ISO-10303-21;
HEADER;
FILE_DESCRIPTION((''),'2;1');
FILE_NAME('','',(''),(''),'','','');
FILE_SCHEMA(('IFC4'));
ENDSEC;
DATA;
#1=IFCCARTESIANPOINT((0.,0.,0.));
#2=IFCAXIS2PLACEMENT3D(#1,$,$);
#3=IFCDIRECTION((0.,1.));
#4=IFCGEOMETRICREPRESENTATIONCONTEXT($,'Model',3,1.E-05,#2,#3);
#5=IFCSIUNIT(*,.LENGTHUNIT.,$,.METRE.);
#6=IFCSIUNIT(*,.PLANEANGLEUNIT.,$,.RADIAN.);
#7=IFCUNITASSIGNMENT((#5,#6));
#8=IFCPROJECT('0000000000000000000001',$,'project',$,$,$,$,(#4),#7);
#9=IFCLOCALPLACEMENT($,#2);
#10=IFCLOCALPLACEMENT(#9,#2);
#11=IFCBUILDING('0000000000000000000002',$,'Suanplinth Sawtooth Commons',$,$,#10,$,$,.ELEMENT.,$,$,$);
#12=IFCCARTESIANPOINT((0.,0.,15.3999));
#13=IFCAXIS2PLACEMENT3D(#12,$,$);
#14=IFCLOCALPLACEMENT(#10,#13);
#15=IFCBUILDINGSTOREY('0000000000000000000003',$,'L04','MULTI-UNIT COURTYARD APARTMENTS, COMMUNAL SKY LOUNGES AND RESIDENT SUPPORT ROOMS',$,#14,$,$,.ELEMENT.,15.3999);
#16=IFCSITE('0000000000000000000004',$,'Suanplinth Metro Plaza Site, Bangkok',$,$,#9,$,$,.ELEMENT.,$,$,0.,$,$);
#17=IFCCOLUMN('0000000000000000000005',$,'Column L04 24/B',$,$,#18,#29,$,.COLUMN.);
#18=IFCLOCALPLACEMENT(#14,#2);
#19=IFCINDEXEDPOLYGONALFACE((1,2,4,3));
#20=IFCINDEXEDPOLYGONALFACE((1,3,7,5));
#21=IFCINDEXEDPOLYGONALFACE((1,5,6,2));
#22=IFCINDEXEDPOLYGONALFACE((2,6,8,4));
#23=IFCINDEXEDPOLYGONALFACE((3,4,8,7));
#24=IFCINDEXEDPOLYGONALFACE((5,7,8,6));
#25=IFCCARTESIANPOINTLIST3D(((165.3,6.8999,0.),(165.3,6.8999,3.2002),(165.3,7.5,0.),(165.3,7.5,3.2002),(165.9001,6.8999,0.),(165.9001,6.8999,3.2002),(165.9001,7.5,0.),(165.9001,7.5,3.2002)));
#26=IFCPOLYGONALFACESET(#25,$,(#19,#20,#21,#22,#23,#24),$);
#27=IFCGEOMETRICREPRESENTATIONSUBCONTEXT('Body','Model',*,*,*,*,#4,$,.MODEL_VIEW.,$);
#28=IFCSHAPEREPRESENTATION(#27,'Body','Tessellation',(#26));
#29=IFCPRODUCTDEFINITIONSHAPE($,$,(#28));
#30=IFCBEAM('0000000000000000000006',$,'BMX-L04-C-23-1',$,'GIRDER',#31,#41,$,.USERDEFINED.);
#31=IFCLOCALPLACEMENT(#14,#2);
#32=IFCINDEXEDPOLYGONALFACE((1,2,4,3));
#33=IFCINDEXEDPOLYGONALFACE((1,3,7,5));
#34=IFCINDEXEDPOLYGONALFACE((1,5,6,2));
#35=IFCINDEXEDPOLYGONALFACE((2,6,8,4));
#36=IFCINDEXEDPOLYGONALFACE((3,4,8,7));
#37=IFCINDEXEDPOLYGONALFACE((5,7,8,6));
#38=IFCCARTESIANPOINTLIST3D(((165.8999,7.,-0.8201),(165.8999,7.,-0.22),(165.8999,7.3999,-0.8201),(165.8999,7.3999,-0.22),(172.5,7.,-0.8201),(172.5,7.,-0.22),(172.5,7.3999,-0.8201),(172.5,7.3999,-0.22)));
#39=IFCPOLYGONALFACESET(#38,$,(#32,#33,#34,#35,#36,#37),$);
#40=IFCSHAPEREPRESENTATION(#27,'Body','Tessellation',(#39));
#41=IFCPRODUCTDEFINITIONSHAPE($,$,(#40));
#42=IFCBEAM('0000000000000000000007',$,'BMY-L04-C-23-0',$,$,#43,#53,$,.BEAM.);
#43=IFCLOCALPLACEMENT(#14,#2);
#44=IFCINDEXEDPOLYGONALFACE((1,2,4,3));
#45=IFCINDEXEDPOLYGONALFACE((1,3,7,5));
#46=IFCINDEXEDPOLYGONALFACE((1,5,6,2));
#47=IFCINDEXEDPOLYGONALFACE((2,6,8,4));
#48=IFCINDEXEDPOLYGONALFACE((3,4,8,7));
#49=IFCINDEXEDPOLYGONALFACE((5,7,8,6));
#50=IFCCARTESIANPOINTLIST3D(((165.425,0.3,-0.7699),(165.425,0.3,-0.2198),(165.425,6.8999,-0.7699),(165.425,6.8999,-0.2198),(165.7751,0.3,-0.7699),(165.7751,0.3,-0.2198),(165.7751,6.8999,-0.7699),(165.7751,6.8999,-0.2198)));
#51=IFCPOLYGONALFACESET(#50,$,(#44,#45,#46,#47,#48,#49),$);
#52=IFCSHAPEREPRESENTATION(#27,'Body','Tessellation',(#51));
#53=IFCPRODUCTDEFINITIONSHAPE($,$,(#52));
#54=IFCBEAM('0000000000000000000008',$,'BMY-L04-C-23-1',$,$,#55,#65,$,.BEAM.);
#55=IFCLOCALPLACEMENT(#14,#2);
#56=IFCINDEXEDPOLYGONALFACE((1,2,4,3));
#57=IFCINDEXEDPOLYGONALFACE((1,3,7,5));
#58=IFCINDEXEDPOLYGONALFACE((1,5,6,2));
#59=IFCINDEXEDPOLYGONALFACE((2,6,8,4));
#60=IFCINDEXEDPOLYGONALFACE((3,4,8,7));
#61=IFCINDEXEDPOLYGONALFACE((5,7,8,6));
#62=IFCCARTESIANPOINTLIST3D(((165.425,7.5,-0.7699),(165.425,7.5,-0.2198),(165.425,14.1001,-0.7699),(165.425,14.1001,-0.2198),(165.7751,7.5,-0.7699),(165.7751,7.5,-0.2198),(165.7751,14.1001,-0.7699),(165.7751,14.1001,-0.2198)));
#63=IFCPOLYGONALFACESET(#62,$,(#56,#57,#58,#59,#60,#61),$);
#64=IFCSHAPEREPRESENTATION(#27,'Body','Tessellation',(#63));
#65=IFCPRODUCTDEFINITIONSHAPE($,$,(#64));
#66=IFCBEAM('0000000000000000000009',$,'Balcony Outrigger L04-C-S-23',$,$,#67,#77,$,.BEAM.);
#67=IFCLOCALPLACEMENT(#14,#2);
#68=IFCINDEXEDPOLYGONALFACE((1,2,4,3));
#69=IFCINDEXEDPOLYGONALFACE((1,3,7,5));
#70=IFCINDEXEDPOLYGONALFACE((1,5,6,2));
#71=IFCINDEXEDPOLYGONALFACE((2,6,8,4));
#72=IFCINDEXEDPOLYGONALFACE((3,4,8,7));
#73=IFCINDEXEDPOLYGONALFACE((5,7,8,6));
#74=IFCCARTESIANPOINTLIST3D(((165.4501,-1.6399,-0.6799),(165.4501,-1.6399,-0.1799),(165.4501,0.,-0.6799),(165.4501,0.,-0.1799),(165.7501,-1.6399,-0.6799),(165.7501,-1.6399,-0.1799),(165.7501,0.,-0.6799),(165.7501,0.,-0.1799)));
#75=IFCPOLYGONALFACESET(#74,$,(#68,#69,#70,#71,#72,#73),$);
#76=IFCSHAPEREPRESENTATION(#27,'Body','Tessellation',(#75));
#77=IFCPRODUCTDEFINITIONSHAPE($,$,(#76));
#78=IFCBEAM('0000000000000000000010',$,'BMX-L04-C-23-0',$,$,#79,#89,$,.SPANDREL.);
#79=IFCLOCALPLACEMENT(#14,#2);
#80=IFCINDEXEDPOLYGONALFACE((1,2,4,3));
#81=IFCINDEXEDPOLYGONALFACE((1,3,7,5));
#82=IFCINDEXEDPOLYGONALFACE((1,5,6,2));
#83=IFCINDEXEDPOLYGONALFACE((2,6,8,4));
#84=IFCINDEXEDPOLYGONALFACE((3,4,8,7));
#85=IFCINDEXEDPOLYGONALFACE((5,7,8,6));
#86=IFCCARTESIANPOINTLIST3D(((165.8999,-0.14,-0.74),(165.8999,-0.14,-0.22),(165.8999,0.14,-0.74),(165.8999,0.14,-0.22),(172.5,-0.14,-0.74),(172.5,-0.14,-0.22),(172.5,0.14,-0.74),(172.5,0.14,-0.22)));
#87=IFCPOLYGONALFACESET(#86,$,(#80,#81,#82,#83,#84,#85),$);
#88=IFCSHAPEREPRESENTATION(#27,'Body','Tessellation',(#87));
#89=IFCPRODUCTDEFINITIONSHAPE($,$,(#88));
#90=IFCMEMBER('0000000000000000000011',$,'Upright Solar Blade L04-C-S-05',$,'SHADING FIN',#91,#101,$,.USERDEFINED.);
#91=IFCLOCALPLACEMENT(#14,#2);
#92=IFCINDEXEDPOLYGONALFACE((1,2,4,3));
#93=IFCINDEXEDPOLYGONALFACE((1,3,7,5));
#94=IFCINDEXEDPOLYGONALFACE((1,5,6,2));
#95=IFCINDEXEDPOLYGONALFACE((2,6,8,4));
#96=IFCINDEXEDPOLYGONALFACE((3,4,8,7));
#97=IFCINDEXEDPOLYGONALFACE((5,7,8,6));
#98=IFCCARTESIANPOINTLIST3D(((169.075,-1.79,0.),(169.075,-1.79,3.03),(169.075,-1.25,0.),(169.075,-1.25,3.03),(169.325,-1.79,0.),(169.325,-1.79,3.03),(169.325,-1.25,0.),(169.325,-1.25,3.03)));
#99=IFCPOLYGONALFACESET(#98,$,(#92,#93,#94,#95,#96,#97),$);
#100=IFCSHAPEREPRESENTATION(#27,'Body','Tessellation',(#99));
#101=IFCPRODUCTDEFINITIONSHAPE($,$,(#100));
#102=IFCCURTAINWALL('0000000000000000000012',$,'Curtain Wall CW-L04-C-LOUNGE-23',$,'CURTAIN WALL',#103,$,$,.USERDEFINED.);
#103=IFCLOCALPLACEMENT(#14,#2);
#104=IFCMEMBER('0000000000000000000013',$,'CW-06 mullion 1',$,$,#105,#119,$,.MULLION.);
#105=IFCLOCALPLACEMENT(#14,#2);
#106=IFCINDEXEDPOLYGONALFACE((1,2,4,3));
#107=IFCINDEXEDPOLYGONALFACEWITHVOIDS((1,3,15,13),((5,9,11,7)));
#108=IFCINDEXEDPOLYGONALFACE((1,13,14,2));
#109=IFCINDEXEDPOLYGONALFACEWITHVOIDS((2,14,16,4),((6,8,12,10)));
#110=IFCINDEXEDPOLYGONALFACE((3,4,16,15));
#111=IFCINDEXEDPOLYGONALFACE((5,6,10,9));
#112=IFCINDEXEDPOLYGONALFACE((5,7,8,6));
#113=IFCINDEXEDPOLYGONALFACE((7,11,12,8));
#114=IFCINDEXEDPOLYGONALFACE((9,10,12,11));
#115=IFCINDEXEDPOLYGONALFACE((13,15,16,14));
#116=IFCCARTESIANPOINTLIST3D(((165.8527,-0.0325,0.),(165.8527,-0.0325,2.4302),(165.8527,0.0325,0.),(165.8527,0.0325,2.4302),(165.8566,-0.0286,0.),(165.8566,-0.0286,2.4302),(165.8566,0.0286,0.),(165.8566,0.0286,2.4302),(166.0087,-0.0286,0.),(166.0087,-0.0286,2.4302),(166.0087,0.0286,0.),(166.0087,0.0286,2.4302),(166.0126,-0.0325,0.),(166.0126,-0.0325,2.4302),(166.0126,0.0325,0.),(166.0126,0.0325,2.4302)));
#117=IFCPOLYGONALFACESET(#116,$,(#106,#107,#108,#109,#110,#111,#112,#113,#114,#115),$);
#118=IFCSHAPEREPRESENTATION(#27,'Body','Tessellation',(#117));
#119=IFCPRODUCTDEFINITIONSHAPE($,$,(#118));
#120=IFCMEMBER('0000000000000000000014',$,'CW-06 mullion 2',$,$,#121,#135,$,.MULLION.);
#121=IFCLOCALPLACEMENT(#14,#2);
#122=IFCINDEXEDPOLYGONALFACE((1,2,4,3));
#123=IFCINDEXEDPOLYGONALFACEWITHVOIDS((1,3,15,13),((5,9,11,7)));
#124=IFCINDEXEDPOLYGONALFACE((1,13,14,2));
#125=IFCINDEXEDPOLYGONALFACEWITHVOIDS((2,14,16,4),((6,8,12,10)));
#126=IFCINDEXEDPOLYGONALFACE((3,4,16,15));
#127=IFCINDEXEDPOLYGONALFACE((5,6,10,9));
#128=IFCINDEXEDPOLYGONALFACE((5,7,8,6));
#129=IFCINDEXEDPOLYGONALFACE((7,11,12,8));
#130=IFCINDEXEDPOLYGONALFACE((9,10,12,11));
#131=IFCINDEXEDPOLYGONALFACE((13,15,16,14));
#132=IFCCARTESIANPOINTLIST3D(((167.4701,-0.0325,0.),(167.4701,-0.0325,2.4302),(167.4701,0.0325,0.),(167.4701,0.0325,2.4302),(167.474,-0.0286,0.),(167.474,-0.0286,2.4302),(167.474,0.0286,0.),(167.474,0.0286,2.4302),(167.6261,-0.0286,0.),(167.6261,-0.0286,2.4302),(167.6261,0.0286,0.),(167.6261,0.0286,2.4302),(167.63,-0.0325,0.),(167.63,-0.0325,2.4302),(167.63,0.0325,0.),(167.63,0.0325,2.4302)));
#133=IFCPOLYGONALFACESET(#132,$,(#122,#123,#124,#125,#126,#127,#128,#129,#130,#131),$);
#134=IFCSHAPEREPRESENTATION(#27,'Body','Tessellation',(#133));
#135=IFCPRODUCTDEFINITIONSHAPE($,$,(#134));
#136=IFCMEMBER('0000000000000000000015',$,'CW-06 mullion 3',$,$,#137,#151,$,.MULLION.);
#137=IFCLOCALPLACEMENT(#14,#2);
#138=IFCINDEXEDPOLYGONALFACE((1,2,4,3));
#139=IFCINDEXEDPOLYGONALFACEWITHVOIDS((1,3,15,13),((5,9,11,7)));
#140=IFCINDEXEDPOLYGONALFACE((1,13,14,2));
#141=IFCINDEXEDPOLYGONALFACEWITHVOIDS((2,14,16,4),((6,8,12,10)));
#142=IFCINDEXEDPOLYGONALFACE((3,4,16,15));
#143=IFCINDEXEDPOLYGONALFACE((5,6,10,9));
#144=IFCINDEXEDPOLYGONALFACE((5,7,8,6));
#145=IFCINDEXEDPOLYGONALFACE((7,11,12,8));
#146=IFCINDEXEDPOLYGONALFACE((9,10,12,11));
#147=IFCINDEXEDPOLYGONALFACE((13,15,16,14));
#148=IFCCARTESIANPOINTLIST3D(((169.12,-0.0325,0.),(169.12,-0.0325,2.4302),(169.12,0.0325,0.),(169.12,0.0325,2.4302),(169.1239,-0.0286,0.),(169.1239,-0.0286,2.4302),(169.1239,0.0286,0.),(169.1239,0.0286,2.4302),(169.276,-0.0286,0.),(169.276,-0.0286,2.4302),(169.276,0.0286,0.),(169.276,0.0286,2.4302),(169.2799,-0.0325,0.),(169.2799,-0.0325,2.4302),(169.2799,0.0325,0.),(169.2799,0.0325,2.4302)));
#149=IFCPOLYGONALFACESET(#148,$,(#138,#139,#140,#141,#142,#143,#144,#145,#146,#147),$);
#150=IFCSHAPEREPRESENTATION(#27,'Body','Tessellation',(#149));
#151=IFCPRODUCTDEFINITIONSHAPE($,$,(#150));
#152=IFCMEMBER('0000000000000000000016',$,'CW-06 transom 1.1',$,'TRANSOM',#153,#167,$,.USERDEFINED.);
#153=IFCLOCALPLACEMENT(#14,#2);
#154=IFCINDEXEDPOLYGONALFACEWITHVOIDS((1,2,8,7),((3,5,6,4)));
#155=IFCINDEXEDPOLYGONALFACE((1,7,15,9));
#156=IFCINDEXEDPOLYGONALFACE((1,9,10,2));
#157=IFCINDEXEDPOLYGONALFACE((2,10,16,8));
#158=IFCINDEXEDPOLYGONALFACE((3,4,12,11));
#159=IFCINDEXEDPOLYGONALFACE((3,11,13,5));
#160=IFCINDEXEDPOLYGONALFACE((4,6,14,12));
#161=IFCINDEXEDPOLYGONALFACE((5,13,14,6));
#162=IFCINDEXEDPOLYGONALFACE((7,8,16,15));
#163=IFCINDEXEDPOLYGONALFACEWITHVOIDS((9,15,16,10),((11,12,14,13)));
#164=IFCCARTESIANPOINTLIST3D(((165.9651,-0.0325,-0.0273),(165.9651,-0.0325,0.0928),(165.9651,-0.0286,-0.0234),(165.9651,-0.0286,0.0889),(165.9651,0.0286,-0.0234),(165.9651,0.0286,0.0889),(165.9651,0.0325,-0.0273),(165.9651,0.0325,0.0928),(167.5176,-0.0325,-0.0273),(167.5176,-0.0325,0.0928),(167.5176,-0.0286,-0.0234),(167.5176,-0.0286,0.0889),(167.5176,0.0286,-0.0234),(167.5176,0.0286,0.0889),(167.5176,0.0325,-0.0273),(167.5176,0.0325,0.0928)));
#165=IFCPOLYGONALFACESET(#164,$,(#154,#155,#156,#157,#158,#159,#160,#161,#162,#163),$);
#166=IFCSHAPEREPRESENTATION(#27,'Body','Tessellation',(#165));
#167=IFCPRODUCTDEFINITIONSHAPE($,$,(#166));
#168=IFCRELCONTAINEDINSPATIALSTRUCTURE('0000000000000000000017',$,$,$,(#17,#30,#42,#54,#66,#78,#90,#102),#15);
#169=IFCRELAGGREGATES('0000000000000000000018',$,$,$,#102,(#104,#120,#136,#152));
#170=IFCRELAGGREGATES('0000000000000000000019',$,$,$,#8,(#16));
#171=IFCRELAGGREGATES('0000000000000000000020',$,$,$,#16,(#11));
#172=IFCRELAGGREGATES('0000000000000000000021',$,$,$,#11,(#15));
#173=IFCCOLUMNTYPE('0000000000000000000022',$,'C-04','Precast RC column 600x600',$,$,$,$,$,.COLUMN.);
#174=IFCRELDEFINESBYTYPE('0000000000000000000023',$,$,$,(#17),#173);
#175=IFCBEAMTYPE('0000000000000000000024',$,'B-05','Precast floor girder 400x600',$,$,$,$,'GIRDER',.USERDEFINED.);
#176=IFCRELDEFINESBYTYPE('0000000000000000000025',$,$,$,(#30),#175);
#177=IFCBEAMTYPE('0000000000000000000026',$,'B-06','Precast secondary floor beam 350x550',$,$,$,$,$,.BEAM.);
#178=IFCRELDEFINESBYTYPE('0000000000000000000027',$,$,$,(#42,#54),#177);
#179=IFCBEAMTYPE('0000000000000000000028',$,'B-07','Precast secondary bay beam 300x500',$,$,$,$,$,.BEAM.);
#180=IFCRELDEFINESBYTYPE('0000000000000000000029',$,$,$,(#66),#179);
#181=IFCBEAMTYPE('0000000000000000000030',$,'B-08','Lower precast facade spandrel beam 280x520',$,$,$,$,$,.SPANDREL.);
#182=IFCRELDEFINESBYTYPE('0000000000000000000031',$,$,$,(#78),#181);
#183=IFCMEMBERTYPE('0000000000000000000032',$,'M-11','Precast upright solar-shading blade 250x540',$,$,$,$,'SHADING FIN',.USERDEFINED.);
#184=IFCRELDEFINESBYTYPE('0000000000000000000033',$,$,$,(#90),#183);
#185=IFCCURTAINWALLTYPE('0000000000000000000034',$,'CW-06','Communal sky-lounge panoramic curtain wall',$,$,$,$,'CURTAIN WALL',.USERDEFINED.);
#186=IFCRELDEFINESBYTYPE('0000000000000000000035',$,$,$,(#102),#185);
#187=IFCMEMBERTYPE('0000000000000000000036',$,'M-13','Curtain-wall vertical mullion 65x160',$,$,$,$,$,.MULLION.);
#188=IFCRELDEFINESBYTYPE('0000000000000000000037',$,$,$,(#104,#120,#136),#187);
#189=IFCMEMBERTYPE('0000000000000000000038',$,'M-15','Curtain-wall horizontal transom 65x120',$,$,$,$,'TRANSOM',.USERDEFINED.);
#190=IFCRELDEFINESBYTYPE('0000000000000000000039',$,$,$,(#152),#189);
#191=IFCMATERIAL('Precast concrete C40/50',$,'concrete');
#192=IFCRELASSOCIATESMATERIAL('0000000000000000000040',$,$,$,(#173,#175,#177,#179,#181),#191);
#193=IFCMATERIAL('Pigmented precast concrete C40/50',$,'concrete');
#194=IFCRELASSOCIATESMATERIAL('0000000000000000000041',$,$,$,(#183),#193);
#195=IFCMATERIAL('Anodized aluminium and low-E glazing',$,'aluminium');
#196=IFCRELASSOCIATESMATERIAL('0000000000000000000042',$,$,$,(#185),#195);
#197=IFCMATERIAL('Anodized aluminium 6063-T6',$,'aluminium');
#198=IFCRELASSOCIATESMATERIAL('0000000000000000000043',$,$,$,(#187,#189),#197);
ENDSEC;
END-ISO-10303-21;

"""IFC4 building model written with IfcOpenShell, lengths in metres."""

from ifc_helpers import new_model, si_unit, direction, frame, origin, origin_2d, place, context, subcontext, project, spatial, rectangle, hollow_rectangle, extrude, material, material_profile, profile_set, type_object, element, aggregate, save


model = new_model("IFC4")

# Units and contexts
model_context = context("Model", 3, precision=1e-05, world=origin(), true_north=direction((0.0, 1.0)))
body_context = subcontext(model_context, "Body", "Model", "MODEL_VIEW")
ifc_project = project(units=[si_unit("LENGTHUNIT", "METRE"), si_unit("PLANEANGLEUNIT", "RADIAN")], contexts=[model_context])

# Site, building, storey
site_placement = place(None, origin())
site = spatial("IfcSite", under=ifc_project, at=site_placement, Name="Suanplinth Metro Plaza Site, Bangkok", CompositionType="ELEMENT", RefElevation=0.0)
building_placement = place(site_placement, origin())
building = spatial("IfcBuilding", under=site, at=building_placement, Name="Suanplinth Sawtooth Commons", CompositionType="ELEMENT")
storey_placement = place(building_placement, frame((0.0, 0.0, 15.3999)))
storey = spatial("IfcBuildingStorey", under=building, at=storey_placement, Name="L04", Description="MULTI-UNIT COURTYARD APARTMENTS, COMMUNAL SKY LOUNGES AND RESIDENT SUPPORT ROOMS", CompositionType="ELEMENT", Elevation=15.3999)

# Column
ifc_material_1 = material(Name="Precast concrete C40/50", Category="concrete")
ifc_material_profile_1 = material_profile(ifc_material_1, rectangle(XDim=0.6001, YDim=0.6001, at=origin_2d()), Name="PC-COL 600x600")
ifc_profile_set_1 = profile_set([ifc_material_profile_1], Name="Precast concrete C40/50")
column_type = type_object("IfcColumnType", Name="C-04", Description="Precast RC column 600x600", PredefinedType="COLUMN", material=ifc_profile_set_1)
column_placement = place(storey_placement, frame((165.6001, 7.2, 0.0), z_axis=(0.0, 0.0, 1.0), x_axis=(1.0, 0.0, 0.0)))
element("IfcColumn", 1, at=column_placement, inside=storey, type_object=column_type, Name="Column L04 24/B", PredefinedType="COLUMN", context=body_context, shape_type="SweptSolid", body=[
    extrude(rectangle(XDim=0.6001, YDim=0.6001, at=origin_2d()), origin(), (0.0, 0.0, 1.0), 3.2002),
])

# Beams
ifc_material_profile_2 = material_profile(ifc_material_1, rectangle(XDim=0.3999, YDim=0.6001, at=origin_2d()), Name="PC-GDR 400x600")
ifc_profile_set_2 = profile_set([ifc_material_profile_2], Name="Precast concrete C40/50")
beam_type_1 = type_object("IfcBeamType", Name="B-05", Description="Precast floor girder 400x600", ElementType="GIRDER", PredefinedType="USERDEFINED", material=ifc_profile_set_2)
beam_1_placement = place(storey_placement, frame((165.8999, 7.2, -0.52), z_axis=(1.0, 0.0, 0.0), x_axis=(0.0, 1.0, 0.0)))
element("IfcBeam", 2, at=beam_1_placement, inside=storey, type_object=beam_type_1, Name="BMX-L04-C-23-1", ObjectType="GIRDER", PredefinedType="USERDEFINED", context=body_context, shape_type="SweptSolid", body=[
    extrude(rectangle(XDim=0.3999, YDim=0.6001, at=origin_2d()), origin(), (0.0, 0.0, 1.0), 6.6001),
])
ifc_material_profile_3 = material_profile(ifc_material_1, rectangle(XDim=0.3501, YDim=0.55, at=origin_2d()), Name="PC-BM 350x550")
ifc_profile_set_3 = profile_set([ifc_material_profile_3], Name="Precast concrete C40/50")
beam_type_2 = type_object("IfcBeamType", Name="B-06", Description="Precast secondary floor beam 350x550", PredefinedType="BEAM", material=ifc_profile_set_3)
beam_2_placement = place(storey_placement, frame((165.6001, 0.3, -0.4949), z_axis=(0.0, 1.0, 0.0), x_axis=(-1.0, 0.0, 0.0)))
element("IfcBeam", 3, at=beam_2_placement, inside=storey, type_object=beam_type_2, Name="BMY-L04-C-23-0", PredefinedType="BEAM", context=body_context, shape_type="SweptSolid", body=[
    extrude(rectangle(XDim=0.3501, YDim=0.55, at=origin_2d()), origin(), (0.0, 0.0, 1.0), 6.5999),
])
beam_3_placement = place(storey_placement, frame((165.6001, 7.5, -0.4949), z_axis=(0.0, 1.0, 0.0), x_axis=(-1.0, 0.0, 0.0)))
element("IfcBeam", 4, at=beam_3_placement, inside=storey, type_object=beam_type_2, Name="BMY-L04-C-23-1", PredefinedType="BEAM", context=body_context, shape_type="SweptSolid", body=[
    extrude(rectangle(XDim=0.3501, YDim=0.55, at=origin_2d()), origin(), (0.0, 0.0, 1.0), 6.6001),
])
ifc_material_profile_4 = material_profile(ifc_material_1, rectangle(XDim=0.3, YDim=0.5, at=origin_2d()), Name="PC-BM 300x500")
ifc_profile_set_4 = profile_set([ifc_material_profile_4], Name="Precast concrete C40/50")
beam_type_3 = type_object("IfcBeamType", Name="B-07", Description="Precast secondary bay beam 300x500", PredefinedType="BEAM", material=ifc_profile_set_4)
beam_4_placement = place(storey_placement, frame((165.6001, 0.0, -0.4299), z_axis=(0.0, -1.0, 0.0), x_axis=(1.0, 0.0, 0.0)))
element("IfcBeam", 5, at=beam_4_placement, inside=storey, type_object=beam_type_3, Name="Balcony Outrigger L04-C-S-23", PredefinedType="BEAM", context=body_context, shape_type="SweptSolid", body=[
    extrude(rectangle(XDim=0.3, YDim=0.5, at=origin_2d()), origin(), (0.0, 0.0, 1.0), 1.6399),
])
ifc_material_profile_5 = material_profile(ifc_material_1, rectangle(XDim=0.28, YDim=0.52, at=origin_2d()), Name="PC-SP 280x520")
ifc_profile_set_5 = profile_set([ifc_material_profile_5], Name="Precast concrete C40/50")
beam_type_4 = type_object("IfcBeamType", Name="B-08", Description="Lower precast facade spandrel beam 280x520", PredefinedType="SPANDREL", material=ifc_profile_set_5)
beam_5_placement = place(storey_placement, frame((165.8999, 0.0, -0.48), z_axis=(1.0, 0.0, 0.0), x_axis=(0.0, 1.0, 0.0)))
element("IfcBeam", 6, at=beam_5_placement, inside=storey, type_object=beam_type_4, Name="BMX-L04-C-23-0", PredefinedType="SPANDREL", context=body_context, shape_type="SweptSolid", body=[
    extrude(rectangle(XDim=0.28, YDim=0.52, at=origin_2d()), origin(), (0.0, 0.0, 1.0), 6.6001),
])

# Member
ifc_material_2 = material(Name="Pigmented precast concrete C40/50", Category="concrete")
ifc_material_profile_6 = material_profile(ifc_material_2, rectangle(XDim=0.25, YDim=0.54, at=origin_2d()), Name="PC-FIN 250x540")
ifc_profile_set_6 = profile_set([ifc_material_profile_6], Name="Pigmented precast concrete C40/50")
member_type_1 = type_object("IfcMemberType", Name="M-11", Description="Precast upright solar-shading blade 250x540", ElementType="SHADING FIN", PredefinedType="USERDEFINED", material=ifc_profile_set_6)
member_1_placement = place(storey_placement, frame((169.2, -1.52, 0.0), z_axis=(0.0, 0.0, 1.0), x_axis=(1.0, 0.0, 0.0)))
element("IfcMember", 7, at=member_1_placement, inside=storey, type_object=member_type_1, Name="Upright Solar Blade L04-C-S-05", ObjectType="SHADING FIN", PredefinedType="USERDEFINED", context=body_context, shape_type="SweptSolid", body=[
    extrude(rectangle(XDim=0.25, YDim=0.54, at=origin_2d()), origin(), (0.0, 0.0, 1.0), 3.03),
])

# Curtain wall, members
ifc_material_3 = material(Name="Anodized aluminium and low-E glazing", Category="aluminium")
curtain_wall_type = type_object("IfcCurtainWallType", Name="CW-06", Description="Communal sky-lounge panoramic curtain wall", ElementType="CURTAIN WALL", PredefinedType="USERDEFINED", material=ifc_material_3)
curtain_wall_placement = place(storey_placement, origin())
curtain_wall = element("IfcCurtainWall", 8, at=curtain_wall_placement, inside=storey, type_object=curtain_wall_type, Name="Curtain Wall CW-L04-C-LOUNGE-23", ObjectType="CURTAIN WALL", PredefinedType="USERDEFINED")
ifc_material_4 = material(Name="Anodized aluminium 6063-T6", Category="aluminium")
ifc_material_profile_7 = material_profile(ifc_material_4, hollow_rectangle(XDim=0.0649, YDim=0.1599, WallThickness=0.0039, at=origin_2d()), Name="ALU-MUL 65x160")
ifc_profile_set_7 = profile_set([ifc_material_profile_7], Name="Anodized aluminium 6063-T6")
member_type_2 = type_object("IfcMemberType", Name="M-13", Description="Curtain-wall vertical mullion 65x160", PredefinedType="MULLION", material=ifc_profile_set_7)
member_2_placement = place(storey_placement, frame((165.9326, 0.0, 0.0), z_axis=(0.0, 0.0, 1.0), x_axis=(0.0, 1.0, 0.0)))
member_2 = element("IfcMember", 9, at=member_2_placement, type_object=member_type_2, Name="CW-06 mullion 1", PredefinedType="MULLION", context=body_context, shape_type="SweptSolid", body=[
    extrude(hollow_rectangle(XDim=0.0649, YDim=0.1599, WallThickness=0.0039, at=origin_2d()), origin(), (0.0, 0.0, 1.0), 2.4302),
])
member_3_placement = place(storey_placement, frame((167.55, 0.0, 0.0), z_axis=(0.0, 0.0, 1.0), x_axis=(0.0, 1.0, 0.0)))
member_3 = element("IfcMember", 10, at=member_3_placement, type_object=member_type_2, Name="CW-06 mullion 2", PredefinedType="MULLION", context=body_context, shape_type="SweptSolid", body=[
    extrude(hollow_rectangle(XDim=0.0649, YDim=0.1599, WallThickness=0.0039, at=origin_2d()), origin(), (0.0, 0.0, 1.0), 2.4302),
])
member_4_placement = place(storey_placement, frame((169.2, 0.0, 0.0), z_axis=(0.0, 0.0, 1.0), x_axis=(0.0, 1.0, 0.0)))
member_4 = element("IfcMember", 11, at=member_4_placement, type_object=member_type_2, Name="CW-06 mullion 3", PredefinedType="MULLION", context=body_context, shape_type="SweptSolid", body=[
    extrude(hollow_rectangle(XDim=0.0649, YDim=0.1599, WallThickness=0.0039, at=origin_2d()), origin(), (0.0, 0.0, 1.0), 2.4302),
])
ifc_material_profile_8 = material_profile(ifc_material_4, hollow_rectangle(XDim=0.0649, YDim=0.1201, WallThickness=0.0039, at=origin_2d()), Name="ALU-TRN 65x120")
ifc_profile_set_8 = profile_set([ifc_material_profile_8], Name="Anodized aluminium 6063-T6")
member_type_3 = type_object("IfcMemberType", Name="M-15", Description="Curtain-wall horizontal transom 65x120", ElementType="TRANSOM", PredefinedType="USERDEFINED", material=ifc_profile_set_8)
member_5_placement = place(storey_placement, frame((165.9651, 0.0, 0.0327), z_axis=(1.0, 0.0, 0.0), x_axis=(0.0, 1.0, 0.0)))
member_5 = element("IfcMember", 12, at=member_5_placement, type_object=member_type_3, Name="CW-06 transom 1.1", ObjectType="TRANSOM", PredefinedType="USERDEFINED", context=body_context, shape_type="SweptSolid", body=[
    extrude(hollow_rectangle(XDim=0.0649, YDim=0.1201, WallThickness=0.0039, at=origin_2d()), origin(), (0.0, 0.0, 1.0), 1.5525),
])
aggregate(curtain_wall, [member_2, member_3, member_4, member_5])

save(model, "model.ifc")
